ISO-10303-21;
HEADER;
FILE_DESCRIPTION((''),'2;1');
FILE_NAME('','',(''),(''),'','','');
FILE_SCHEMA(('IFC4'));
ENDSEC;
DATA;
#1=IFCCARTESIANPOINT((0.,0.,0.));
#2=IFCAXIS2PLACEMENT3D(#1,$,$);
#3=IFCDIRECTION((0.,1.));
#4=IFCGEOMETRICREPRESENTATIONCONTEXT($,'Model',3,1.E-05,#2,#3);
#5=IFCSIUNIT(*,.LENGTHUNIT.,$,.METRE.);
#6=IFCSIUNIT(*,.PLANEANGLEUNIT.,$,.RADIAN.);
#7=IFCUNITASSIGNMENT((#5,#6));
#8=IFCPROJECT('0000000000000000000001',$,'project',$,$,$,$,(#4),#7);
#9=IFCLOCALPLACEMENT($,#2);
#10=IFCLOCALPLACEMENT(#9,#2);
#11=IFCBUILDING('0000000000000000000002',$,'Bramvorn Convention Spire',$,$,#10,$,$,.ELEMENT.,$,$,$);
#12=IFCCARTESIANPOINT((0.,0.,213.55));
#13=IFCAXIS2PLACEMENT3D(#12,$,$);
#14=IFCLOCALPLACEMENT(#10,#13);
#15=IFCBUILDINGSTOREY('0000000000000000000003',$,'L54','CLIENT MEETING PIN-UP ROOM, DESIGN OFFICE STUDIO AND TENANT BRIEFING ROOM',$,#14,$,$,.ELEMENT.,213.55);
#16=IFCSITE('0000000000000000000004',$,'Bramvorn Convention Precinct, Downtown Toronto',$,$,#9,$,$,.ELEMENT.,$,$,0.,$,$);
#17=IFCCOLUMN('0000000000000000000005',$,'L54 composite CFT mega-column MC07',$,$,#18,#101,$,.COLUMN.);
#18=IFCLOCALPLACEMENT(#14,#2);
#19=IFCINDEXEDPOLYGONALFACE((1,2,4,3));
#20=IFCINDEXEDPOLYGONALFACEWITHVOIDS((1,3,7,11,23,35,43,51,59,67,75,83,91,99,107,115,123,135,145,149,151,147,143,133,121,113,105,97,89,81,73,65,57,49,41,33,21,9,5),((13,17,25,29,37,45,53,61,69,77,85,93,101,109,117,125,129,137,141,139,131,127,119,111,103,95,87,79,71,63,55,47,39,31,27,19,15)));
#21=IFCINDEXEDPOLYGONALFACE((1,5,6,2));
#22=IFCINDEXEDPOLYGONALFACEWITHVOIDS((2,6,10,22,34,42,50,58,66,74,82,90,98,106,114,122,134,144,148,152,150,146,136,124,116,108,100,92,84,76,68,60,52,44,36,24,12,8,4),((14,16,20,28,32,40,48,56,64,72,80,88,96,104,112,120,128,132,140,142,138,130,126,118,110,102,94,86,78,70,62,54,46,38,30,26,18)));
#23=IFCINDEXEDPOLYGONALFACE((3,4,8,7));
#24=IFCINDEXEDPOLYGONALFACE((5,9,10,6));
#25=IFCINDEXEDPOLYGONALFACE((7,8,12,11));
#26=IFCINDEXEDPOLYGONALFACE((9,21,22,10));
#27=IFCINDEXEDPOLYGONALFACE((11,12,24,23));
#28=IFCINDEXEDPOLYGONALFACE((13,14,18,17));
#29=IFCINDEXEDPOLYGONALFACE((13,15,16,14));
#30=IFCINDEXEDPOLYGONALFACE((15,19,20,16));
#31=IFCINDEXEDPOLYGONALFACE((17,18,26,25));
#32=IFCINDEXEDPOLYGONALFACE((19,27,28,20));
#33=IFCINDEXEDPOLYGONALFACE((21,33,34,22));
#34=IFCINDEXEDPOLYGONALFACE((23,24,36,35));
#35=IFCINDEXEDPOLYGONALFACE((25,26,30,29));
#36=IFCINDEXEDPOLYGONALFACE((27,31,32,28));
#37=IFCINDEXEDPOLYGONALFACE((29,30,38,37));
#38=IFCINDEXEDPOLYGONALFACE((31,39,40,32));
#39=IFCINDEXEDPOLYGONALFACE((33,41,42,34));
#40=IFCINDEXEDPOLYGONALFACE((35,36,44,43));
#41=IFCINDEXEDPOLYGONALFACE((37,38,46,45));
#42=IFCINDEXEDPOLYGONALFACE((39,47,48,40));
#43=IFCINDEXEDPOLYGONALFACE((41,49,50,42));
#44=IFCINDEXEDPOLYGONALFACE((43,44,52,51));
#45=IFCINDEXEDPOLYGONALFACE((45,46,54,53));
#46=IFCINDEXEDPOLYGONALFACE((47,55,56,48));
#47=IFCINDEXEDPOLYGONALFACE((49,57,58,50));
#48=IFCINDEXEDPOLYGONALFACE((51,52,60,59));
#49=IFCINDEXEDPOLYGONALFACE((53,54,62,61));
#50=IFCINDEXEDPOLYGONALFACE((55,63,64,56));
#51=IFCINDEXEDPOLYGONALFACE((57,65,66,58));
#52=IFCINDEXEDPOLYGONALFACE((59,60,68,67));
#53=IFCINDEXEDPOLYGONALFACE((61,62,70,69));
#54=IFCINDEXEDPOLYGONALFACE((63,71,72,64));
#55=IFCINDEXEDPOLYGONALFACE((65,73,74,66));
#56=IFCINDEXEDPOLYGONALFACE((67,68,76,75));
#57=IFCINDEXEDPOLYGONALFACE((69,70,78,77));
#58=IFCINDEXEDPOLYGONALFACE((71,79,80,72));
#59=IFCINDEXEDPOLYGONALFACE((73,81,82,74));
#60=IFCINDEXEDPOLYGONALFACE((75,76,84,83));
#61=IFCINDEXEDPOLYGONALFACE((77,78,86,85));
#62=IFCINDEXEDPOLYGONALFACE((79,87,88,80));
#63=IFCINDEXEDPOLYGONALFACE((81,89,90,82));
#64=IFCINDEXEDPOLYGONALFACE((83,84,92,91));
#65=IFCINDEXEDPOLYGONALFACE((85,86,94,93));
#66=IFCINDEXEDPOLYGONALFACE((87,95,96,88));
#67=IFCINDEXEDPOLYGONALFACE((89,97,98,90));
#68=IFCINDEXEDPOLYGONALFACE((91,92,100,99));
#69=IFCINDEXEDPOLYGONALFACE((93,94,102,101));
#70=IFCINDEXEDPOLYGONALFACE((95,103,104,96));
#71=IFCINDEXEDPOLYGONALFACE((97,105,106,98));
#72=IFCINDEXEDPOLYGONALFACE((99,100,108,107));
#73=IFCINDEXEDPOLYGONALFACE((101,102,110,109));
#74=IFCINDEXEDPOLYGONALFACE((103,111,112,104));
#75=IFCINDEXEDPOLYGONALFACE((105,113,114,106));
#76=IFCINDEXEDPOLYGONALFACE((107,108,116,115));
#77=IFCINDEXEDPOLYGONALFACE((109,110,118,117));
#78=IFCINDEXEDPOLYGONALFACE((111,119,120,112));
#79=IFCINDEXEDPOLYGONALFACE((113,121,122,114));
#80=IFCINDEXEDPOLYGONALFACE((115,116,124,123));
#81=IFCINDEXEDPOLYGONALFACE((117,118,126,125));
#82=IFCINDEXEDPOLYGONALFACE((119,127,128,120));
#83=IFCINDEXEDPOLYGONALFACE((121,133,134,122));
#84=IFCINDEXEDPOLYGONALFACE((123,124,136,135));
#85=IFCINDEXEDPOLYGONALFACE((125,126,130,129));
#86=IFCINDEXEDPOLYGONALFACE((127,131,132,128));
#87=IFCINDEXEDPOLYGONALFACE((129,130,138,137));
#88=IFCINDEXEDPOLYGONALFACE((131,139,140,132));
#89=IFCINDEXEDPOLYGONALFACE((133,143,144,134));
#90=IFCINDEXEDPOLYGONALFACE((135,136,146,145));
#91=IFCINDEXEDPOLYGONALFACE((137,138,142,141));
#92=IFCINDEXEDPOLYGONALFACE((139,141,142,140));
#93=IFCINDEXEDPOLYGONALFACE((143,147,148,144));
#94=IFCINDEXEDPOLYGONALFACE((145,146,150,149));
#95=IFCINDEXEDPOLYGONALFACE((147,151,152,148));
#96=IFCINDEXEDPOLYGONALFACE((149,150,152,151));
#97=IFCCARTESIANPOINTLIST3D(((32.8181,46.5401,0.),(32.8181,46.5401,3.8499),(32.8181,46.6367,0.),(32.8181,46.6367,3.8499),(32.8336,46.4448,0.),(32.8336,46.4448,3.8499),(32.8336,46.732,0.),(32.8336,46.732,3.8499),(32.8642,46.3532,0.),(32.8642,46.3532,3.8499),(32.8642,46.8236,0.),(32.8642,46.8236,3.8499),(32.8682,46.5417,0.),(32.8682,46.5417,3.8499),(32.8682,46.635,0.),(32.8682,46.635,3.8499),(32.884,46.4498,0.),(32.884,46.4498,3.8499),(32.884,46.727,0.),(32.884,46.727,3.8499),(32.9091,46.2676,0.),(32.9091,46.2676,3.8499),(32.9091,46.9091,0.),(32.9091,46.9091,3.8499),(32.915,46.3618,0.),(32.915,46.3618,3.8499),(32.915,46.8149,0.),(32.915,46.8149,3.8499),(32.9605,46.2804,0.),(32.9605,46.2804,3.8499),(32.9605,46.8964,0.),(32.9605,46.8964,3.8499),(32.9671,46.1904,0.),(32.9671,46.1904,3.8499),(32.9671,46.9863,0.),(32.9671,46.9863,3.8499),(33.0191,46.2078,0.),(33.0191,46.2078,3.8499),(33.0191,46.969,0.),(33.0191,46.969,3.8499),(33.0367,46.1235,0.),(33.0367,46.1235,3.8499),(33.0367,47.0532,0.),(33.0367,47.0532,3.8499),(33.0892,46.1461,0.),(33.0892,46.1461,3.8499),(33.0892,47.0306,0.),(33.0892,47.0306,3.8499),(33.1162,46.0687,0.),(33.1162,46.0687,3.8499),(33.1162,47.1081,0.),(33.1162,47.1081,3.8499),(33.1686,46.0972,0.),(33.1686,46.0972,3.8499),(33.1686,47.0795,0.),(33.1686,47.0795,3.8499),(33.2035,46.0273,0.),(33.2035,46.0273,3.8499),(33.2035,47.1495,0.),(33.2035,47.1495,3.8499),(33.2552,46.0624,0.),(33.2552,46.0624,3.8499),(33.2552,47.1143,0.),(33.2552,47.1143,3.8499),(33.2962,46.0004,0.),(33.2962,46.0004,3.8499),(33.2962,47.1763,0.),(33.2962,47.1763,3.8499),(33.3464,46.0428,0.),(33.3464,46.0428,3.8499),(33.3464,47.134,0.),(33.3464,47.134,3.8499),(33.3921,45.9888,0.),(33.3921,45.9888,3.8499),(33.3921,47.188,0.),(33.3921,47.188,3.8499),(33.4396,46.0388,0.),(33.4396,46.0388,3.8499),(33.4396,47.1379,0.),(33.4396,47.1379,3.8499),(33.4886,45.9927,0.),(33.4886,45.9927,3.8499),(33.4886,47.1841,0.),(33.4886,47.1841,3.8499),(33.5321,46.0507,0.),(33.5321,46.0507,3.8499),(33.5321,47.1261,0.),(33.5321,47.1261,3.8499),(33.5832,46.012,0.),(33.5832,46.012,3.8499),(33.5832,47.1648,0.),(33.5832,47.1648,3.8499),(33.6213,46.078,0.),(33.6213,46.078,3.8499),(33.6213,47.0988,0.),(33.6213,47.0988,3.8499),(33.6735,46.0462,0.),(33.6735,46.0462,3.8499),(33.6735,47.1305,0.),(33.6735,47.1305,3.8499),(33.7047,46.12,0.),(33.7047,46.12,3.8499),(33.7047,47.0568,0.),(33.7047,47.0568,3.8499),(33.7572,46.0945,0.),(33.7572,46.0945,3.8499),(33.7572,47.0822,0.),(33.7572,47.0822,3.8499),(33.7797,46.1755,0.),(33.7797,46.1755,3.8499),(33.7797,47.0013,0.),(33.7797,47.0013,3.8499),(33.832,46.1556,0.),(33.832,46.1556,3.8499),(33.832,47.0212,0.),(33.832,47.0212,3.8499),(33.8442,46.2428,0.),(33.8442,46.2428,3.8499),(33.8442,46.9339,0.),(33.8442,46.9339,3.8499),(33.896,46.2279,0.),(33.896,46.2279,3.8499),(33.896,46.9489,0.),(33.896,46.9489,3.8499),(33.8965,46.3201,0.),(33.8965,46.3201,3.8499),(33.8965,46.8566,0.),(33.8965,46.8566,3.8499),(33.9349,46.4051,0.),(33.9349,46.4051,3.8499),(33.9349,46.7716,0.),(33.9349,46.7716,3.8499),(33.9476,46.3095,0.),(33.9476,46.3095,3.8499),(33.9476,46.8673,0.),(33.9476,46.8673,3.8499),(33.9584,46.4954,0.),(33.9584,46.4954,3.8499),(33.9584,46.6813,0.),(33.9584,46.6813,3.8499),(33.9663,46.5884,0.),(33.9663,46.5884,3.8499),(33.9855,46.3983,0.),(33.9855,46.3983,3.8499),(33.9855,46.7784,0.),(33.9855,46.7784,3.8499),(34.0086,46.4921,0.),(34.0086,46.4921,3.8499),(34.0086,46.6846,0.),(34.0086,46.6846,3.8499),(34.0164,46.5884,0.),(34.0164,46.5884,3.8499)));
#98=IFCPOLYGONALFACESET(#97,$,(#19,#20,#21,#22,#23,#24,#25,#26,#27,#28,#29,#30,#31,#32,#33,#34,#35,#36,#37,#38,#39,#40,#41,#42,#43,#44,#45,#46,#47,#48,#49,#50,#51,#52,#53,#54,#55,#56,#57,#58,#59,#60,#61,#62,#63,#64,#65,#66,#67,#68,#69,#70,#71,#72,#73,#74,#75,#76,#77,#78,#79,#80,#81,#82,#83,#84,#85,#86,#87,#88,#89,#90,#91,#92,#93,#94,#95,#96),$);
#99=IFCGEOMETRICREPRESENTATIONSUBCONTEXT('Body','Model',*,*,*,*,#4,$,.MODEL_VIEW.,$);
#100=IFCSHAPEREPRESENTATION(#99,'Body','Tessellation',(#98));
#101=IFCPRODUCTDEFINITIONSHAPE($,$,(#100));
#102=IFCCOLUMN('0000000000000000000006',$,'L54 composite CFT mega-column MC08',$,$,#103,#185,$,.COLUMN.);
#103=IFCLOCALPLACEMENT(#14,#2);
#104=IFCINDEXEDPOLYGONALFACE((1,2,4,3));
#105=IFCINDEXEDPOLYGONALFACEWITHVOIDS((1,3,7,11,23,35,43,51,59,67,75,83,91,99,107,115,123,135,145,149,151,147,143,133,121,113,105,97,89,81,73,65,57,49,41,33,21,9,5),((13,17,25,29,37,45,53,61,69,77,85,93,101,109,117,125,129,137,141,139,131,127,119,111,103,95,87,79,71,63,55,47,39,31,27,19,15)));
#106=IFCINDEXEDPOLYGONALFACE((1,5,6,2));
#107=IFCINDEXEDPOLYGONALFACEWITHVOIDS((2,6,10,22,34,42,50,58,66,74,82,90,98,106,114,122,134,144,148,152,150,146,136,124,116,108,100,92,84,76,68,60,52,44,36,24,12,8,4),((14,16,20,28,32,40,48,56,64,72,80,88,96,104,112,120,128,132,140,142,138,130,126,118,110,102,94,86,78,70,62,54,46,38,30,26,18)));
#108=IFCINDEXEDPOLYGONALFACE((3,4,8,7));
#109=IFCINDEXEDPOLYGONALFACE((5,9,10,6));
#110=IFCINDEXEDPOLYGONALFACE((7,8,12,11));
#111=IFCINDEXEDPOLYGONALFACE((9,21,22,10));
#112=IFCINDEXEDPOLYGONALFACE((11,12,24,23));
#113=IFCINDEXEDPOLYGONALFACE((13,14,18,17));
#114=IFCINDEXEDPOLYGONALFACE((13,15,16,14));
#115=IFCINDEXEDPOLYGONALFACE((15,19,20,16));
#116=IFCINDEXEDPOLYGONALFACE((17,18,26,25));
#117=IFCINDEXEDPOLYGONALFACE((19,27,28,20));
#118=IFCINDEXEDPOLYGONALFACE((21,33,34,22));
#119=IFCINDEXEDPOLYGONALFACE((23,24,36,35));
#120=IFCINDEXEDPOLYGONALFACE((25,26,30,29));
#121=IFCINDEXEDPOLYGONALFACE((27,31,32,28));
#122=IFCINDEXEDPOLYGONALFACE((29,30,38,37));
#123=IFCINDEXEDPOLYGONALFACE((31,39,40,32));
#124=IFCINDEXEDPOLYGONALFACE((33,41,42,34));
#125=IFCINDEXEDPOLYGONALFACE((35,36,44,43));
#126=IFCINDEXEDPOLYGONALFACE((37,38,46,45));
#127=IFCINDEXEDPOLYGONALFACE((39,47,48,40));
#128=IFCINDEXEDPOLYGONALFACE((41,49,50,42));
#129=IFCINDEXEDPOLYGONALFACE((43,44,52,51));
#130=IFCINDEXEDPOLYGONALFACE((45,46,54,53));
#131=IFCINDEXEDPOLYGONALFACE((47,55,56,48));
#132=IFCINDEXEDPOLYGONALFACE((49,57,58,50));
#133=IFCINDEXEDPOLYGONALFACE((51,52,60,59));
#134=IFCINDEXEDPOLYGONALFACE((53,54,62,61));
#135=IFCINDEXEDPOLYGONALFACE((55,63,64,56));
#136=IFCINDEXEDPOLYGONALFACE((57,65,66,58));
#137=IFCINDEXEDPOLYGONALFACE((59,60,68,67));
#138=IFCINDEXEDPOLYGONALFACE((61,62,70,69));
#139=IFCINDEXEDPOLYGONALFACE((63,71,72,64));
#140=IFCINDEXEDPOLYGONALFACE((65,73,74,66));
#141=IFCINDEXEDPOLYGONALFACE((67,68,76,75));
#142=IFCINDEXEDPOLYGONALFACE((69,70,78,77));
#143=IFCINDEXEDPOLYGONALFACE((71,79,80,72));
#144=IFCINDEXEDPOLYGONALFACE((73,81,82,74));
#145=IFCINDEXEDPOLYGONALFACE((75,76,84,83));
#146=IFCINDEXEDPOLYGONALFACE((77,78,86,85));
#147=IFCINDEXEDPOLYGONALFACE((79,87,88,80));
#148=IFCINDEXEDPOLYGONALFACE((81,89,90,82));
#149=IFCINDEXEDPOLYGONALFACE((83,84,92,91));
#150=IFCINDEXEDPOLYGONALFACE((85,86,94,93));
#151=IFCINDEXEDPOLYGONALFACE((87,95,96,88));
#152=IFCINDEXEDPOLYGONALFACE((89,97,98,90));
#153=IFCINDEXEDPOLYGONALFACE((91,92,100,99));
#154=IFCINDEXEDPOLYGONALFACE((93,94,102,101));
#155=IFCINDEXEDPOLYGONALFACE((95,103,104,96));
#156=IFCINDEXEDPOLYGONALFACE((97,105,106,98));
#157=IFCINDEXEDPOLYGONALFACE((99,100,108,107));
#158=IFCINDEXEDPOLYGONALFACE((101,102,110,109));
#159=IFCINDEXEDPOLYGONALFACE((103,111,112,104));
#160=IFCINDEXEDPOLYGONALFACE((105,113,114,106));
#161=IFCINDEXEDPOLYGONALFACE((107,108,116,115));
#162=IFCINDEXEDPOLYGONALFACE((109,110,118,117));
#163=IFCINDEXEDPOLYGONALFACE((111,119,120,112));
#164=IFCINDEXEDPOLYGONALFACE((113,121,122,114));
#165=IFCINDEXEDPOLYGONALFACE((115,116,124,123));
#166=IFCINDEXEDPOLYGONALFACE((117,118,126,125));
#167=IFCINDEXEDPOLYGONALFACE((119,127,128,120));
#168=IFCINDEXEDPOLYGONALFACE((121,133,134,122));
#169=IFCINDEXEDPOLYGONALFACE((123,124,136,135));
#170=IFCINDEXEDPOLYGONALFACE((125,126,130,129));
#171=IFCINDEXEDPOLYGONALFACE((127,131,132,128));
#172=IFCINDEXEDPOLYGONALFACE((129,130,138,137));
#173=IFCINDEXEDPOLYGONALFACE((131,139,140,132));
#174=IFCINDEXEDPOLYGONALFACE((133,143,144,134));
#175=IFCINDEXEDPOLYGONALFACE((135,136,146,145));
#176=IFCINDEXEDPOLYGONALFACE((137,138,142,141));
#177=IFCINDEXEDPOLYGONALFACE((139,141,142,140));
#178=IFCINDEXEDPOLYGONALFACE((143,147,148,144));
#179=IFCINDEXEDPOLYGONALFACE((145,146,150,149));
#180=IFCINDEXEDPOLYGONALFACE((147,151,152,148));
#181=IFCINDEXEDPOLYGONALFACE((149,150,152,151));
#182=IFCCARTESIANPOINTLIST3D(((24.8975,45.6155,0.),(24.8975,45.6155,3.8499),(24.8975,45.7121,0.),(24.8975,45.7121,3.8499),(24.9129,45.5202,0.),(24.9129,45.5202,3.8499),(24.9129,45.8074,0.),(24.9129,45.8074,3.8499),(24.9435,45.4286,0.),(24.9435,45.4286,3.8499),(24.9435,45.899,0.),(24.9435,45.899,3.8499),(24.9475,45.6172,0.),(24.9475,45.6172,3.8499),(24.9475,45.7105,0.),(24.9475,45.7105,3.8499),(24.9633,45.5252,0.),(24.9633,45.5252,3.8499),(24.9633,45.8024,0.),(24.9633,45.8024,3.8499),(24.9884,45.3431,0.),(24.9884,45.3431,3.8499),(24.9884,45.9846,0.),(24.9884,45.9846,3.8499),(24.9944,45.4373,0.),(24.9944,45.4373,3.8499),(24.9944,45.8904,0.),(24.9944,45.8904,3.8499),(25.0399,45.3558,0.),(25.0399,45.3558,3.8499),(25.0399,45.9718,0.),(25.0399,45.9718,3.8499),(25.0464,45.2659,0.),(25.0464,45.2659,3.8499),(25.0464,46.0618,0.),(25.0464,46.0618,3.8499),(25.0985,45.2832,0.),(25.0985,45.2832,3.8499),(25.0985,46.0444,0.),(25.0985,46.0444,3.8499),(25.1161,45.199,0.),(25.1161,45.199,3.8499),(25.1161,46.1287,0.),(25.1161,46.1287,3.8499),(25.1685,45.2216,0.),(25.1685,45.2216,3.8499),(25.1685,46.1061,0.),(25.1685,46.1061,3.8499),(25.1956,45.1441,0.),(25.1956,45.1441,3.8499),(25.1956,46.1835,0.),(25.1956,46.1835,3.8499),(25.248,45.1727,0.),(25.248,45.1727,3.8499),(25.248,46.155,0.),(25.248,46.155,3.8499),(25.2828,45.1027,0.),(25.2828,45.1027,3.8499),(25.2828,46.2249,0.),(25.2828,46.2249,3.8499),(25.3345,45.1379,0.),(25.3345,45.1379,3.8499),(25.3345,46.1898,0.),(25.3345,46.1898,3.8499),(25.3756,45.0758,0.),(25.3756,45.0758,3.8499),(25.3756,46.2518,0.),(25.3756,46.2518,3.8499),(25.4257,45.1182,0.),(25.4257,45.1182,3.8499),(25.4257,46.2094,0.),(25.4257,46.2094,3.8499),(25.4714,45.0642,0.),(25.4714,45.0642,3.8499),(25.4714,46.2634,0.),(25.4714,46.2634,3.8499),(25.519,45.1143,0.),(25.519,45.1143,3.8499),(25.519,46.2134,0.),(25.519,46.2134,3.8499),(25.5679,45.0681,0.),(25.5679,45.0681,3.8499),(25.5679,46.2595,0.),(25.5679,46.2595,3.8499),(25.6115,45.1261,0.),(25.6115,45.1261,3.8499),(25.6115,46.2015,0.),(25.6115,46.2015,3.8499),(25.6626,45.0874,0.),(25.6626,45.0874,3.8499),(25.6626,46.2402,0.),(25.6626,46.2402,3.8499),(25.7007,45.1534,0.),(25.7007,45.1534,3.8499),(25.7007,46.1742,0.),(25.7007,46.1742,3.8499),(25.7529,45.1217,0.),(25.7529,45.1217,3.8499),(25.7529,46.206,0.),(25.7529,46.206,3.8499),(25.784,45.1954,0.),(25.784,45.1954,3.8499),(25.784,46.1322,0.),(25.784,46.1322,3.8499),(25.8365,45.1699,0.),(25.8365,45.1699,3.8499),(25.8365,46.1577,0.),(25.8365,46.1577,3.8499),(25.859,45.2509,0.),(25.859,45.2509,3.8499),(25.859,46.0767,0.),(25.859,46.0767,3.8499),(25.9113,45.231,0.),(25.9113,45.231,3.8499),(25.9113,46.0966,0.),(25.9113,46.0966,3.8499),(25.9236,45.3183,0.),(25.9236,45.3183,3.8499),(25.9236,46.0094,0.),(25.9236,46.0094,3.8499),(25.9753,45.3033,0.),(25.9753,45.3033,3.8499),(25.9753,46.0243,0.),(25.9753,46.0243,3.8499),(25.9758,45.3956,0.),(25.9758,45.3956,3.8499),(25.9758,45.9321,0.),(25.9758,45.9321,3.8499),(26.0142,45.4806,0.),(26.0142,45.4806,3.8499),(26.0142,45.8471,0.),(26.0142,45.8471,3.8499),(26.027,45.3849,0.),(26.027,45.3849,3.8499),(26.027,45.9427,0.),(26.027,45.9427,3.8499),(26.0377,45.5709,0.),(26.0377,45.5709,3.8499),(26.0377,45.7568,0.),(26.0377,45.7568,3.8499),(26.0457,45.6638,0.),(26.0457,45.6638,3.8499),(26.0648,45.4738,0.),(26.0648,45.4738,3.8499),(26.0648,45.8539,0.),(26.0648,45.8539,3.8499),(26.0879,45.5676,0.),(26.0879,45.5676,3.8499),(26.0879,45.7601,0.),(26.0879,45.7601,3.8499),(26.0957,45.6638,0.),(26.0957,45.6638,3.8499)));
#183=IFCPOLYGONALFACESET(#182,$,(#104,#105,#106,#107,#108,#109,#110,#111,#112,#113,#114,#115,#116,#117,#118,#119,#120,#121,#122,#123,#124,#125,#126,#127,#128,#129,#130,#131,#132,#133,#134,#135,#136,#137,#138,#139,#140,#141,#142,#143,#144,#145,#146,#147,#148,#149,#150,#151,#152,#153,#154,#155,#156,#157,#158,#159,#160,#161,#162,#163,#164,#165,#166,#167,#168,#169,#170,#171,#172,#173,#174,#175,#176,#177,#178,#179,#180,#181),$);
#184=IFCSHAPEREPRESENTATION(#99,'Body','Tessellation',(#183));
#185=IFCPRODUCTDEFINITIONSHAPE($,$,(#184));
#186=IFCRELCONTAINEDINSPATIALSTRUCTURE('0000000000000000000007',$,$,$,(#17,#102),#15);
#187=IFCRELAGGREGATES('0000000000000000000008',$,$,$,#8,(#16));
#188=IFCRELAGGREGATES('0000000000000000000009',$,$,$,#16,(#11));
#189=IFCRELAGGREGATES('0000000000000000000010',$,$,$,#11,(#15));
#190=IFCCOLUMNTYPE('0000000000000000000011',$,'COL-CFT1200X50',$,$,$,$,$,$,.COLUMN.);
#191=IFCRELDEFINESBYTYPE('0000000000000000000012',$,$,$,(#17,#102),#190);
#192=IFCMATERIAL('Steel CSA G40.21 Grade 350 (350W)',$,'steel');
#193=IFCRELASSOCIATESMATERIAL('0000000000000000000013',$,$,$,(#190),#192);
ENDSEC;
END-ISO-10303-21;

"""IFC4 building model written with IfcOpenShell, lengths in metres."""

from ifc_helpers import new_model, si_unit, direction, frame, origin, origin_2d, place, context, subcontext, project, spatial, hollow_circle, extrude, material, material_profile, profile_set, type_object, element, save


model = new_model("IFC4")

# Units and contexts
model_context = context("Model", 3, precision=1e-05, world=origin(), true_north=direction((0.0, 1.0)))
body_context = subcontext(model_context, "Body", "Model", "MODEL_VIEW")
ifc_project = project(units=[si_unit("LENGTHUNIT", "METRE"), si_unit("PLANEANGLEUNIT", "RADIAN")], contexts=[model_context])

# Site, building, storey
site_placement = place(None, origin())
site = spatial("IfcSite", under=ifc_project, at=site_placement, Name="Bramvorn Convention Precinct, Downtown Toronto", CompositionType="ELEMENT", RefElevation=0.0)
building_placement = place(site_placement, origin())
building = spatial("IfcBuilding", under=site, at=building_placement, Name="Bramvorn Convention Spire", CompositionType="ELEMENT")
storey_placement = place(building_placement, frame((0.0, 0.0, 213.55)))
storey = spatial("IfcBuildingStorey", under=building, at=storey_placement, Name="L54", Description="CLIENT MEETING PIN-UP ROOM, DESIGN OFFICE STUDIO AND TENANT BRIEFING ROOM", CompositionType="ELEMENT", Elevation=213.55)

# Columns
ifc_material_1 = material(Name="Steel CSA G40.21 Grade 350 (350W)", Category="steel")
ifc_material_profile_1 = material_profile(ifc_material_1, hollow_circle(Radius=0.6001, WallThickness=0.05, at=origin_2d()))
ifc_profile_set_1 = profile_set([ifc_material_profile_1], Name="Steel CSA G40.21 Grade 350 (350W) - CFT1200X50")
column_type = type_object("IfcColumnType", Name="COL-CFT1200X50", PredefinedType="COLUMN", material=ifc_profile_set_1)
for number, where, z_axis, x_axis, name in (
    (1, (33.4163, 46.5884, 0.0), (0.0, 0.0, 1.0), (1.0, 0.0, 0.0), "L54 composite CFT mega-column MC07"),
    (2, (25.4956, 45.6638, 0.0), (0.0, 0.0, 1.0), (1.0, 0.0, 0.0), "L54 composite CFT mega-column MC08"),
):
    element("IfcColumn", number, at=place(storey_placement, frame(where, z_axis=z_axis, x_axis=x_axis)), inside=storey, type_object=column_type, Name=name, PredefinedType="COLUMN", context=body_context, shape_type="SweptSolid", body=[
        extrude(hollow_circle(Radius=0.6001, WallThickness=0.05, at=origin_2d()), origin(), (0.0, 0.0, 1.0), 3.8499),
    ])

save(model, "model.ifc")
